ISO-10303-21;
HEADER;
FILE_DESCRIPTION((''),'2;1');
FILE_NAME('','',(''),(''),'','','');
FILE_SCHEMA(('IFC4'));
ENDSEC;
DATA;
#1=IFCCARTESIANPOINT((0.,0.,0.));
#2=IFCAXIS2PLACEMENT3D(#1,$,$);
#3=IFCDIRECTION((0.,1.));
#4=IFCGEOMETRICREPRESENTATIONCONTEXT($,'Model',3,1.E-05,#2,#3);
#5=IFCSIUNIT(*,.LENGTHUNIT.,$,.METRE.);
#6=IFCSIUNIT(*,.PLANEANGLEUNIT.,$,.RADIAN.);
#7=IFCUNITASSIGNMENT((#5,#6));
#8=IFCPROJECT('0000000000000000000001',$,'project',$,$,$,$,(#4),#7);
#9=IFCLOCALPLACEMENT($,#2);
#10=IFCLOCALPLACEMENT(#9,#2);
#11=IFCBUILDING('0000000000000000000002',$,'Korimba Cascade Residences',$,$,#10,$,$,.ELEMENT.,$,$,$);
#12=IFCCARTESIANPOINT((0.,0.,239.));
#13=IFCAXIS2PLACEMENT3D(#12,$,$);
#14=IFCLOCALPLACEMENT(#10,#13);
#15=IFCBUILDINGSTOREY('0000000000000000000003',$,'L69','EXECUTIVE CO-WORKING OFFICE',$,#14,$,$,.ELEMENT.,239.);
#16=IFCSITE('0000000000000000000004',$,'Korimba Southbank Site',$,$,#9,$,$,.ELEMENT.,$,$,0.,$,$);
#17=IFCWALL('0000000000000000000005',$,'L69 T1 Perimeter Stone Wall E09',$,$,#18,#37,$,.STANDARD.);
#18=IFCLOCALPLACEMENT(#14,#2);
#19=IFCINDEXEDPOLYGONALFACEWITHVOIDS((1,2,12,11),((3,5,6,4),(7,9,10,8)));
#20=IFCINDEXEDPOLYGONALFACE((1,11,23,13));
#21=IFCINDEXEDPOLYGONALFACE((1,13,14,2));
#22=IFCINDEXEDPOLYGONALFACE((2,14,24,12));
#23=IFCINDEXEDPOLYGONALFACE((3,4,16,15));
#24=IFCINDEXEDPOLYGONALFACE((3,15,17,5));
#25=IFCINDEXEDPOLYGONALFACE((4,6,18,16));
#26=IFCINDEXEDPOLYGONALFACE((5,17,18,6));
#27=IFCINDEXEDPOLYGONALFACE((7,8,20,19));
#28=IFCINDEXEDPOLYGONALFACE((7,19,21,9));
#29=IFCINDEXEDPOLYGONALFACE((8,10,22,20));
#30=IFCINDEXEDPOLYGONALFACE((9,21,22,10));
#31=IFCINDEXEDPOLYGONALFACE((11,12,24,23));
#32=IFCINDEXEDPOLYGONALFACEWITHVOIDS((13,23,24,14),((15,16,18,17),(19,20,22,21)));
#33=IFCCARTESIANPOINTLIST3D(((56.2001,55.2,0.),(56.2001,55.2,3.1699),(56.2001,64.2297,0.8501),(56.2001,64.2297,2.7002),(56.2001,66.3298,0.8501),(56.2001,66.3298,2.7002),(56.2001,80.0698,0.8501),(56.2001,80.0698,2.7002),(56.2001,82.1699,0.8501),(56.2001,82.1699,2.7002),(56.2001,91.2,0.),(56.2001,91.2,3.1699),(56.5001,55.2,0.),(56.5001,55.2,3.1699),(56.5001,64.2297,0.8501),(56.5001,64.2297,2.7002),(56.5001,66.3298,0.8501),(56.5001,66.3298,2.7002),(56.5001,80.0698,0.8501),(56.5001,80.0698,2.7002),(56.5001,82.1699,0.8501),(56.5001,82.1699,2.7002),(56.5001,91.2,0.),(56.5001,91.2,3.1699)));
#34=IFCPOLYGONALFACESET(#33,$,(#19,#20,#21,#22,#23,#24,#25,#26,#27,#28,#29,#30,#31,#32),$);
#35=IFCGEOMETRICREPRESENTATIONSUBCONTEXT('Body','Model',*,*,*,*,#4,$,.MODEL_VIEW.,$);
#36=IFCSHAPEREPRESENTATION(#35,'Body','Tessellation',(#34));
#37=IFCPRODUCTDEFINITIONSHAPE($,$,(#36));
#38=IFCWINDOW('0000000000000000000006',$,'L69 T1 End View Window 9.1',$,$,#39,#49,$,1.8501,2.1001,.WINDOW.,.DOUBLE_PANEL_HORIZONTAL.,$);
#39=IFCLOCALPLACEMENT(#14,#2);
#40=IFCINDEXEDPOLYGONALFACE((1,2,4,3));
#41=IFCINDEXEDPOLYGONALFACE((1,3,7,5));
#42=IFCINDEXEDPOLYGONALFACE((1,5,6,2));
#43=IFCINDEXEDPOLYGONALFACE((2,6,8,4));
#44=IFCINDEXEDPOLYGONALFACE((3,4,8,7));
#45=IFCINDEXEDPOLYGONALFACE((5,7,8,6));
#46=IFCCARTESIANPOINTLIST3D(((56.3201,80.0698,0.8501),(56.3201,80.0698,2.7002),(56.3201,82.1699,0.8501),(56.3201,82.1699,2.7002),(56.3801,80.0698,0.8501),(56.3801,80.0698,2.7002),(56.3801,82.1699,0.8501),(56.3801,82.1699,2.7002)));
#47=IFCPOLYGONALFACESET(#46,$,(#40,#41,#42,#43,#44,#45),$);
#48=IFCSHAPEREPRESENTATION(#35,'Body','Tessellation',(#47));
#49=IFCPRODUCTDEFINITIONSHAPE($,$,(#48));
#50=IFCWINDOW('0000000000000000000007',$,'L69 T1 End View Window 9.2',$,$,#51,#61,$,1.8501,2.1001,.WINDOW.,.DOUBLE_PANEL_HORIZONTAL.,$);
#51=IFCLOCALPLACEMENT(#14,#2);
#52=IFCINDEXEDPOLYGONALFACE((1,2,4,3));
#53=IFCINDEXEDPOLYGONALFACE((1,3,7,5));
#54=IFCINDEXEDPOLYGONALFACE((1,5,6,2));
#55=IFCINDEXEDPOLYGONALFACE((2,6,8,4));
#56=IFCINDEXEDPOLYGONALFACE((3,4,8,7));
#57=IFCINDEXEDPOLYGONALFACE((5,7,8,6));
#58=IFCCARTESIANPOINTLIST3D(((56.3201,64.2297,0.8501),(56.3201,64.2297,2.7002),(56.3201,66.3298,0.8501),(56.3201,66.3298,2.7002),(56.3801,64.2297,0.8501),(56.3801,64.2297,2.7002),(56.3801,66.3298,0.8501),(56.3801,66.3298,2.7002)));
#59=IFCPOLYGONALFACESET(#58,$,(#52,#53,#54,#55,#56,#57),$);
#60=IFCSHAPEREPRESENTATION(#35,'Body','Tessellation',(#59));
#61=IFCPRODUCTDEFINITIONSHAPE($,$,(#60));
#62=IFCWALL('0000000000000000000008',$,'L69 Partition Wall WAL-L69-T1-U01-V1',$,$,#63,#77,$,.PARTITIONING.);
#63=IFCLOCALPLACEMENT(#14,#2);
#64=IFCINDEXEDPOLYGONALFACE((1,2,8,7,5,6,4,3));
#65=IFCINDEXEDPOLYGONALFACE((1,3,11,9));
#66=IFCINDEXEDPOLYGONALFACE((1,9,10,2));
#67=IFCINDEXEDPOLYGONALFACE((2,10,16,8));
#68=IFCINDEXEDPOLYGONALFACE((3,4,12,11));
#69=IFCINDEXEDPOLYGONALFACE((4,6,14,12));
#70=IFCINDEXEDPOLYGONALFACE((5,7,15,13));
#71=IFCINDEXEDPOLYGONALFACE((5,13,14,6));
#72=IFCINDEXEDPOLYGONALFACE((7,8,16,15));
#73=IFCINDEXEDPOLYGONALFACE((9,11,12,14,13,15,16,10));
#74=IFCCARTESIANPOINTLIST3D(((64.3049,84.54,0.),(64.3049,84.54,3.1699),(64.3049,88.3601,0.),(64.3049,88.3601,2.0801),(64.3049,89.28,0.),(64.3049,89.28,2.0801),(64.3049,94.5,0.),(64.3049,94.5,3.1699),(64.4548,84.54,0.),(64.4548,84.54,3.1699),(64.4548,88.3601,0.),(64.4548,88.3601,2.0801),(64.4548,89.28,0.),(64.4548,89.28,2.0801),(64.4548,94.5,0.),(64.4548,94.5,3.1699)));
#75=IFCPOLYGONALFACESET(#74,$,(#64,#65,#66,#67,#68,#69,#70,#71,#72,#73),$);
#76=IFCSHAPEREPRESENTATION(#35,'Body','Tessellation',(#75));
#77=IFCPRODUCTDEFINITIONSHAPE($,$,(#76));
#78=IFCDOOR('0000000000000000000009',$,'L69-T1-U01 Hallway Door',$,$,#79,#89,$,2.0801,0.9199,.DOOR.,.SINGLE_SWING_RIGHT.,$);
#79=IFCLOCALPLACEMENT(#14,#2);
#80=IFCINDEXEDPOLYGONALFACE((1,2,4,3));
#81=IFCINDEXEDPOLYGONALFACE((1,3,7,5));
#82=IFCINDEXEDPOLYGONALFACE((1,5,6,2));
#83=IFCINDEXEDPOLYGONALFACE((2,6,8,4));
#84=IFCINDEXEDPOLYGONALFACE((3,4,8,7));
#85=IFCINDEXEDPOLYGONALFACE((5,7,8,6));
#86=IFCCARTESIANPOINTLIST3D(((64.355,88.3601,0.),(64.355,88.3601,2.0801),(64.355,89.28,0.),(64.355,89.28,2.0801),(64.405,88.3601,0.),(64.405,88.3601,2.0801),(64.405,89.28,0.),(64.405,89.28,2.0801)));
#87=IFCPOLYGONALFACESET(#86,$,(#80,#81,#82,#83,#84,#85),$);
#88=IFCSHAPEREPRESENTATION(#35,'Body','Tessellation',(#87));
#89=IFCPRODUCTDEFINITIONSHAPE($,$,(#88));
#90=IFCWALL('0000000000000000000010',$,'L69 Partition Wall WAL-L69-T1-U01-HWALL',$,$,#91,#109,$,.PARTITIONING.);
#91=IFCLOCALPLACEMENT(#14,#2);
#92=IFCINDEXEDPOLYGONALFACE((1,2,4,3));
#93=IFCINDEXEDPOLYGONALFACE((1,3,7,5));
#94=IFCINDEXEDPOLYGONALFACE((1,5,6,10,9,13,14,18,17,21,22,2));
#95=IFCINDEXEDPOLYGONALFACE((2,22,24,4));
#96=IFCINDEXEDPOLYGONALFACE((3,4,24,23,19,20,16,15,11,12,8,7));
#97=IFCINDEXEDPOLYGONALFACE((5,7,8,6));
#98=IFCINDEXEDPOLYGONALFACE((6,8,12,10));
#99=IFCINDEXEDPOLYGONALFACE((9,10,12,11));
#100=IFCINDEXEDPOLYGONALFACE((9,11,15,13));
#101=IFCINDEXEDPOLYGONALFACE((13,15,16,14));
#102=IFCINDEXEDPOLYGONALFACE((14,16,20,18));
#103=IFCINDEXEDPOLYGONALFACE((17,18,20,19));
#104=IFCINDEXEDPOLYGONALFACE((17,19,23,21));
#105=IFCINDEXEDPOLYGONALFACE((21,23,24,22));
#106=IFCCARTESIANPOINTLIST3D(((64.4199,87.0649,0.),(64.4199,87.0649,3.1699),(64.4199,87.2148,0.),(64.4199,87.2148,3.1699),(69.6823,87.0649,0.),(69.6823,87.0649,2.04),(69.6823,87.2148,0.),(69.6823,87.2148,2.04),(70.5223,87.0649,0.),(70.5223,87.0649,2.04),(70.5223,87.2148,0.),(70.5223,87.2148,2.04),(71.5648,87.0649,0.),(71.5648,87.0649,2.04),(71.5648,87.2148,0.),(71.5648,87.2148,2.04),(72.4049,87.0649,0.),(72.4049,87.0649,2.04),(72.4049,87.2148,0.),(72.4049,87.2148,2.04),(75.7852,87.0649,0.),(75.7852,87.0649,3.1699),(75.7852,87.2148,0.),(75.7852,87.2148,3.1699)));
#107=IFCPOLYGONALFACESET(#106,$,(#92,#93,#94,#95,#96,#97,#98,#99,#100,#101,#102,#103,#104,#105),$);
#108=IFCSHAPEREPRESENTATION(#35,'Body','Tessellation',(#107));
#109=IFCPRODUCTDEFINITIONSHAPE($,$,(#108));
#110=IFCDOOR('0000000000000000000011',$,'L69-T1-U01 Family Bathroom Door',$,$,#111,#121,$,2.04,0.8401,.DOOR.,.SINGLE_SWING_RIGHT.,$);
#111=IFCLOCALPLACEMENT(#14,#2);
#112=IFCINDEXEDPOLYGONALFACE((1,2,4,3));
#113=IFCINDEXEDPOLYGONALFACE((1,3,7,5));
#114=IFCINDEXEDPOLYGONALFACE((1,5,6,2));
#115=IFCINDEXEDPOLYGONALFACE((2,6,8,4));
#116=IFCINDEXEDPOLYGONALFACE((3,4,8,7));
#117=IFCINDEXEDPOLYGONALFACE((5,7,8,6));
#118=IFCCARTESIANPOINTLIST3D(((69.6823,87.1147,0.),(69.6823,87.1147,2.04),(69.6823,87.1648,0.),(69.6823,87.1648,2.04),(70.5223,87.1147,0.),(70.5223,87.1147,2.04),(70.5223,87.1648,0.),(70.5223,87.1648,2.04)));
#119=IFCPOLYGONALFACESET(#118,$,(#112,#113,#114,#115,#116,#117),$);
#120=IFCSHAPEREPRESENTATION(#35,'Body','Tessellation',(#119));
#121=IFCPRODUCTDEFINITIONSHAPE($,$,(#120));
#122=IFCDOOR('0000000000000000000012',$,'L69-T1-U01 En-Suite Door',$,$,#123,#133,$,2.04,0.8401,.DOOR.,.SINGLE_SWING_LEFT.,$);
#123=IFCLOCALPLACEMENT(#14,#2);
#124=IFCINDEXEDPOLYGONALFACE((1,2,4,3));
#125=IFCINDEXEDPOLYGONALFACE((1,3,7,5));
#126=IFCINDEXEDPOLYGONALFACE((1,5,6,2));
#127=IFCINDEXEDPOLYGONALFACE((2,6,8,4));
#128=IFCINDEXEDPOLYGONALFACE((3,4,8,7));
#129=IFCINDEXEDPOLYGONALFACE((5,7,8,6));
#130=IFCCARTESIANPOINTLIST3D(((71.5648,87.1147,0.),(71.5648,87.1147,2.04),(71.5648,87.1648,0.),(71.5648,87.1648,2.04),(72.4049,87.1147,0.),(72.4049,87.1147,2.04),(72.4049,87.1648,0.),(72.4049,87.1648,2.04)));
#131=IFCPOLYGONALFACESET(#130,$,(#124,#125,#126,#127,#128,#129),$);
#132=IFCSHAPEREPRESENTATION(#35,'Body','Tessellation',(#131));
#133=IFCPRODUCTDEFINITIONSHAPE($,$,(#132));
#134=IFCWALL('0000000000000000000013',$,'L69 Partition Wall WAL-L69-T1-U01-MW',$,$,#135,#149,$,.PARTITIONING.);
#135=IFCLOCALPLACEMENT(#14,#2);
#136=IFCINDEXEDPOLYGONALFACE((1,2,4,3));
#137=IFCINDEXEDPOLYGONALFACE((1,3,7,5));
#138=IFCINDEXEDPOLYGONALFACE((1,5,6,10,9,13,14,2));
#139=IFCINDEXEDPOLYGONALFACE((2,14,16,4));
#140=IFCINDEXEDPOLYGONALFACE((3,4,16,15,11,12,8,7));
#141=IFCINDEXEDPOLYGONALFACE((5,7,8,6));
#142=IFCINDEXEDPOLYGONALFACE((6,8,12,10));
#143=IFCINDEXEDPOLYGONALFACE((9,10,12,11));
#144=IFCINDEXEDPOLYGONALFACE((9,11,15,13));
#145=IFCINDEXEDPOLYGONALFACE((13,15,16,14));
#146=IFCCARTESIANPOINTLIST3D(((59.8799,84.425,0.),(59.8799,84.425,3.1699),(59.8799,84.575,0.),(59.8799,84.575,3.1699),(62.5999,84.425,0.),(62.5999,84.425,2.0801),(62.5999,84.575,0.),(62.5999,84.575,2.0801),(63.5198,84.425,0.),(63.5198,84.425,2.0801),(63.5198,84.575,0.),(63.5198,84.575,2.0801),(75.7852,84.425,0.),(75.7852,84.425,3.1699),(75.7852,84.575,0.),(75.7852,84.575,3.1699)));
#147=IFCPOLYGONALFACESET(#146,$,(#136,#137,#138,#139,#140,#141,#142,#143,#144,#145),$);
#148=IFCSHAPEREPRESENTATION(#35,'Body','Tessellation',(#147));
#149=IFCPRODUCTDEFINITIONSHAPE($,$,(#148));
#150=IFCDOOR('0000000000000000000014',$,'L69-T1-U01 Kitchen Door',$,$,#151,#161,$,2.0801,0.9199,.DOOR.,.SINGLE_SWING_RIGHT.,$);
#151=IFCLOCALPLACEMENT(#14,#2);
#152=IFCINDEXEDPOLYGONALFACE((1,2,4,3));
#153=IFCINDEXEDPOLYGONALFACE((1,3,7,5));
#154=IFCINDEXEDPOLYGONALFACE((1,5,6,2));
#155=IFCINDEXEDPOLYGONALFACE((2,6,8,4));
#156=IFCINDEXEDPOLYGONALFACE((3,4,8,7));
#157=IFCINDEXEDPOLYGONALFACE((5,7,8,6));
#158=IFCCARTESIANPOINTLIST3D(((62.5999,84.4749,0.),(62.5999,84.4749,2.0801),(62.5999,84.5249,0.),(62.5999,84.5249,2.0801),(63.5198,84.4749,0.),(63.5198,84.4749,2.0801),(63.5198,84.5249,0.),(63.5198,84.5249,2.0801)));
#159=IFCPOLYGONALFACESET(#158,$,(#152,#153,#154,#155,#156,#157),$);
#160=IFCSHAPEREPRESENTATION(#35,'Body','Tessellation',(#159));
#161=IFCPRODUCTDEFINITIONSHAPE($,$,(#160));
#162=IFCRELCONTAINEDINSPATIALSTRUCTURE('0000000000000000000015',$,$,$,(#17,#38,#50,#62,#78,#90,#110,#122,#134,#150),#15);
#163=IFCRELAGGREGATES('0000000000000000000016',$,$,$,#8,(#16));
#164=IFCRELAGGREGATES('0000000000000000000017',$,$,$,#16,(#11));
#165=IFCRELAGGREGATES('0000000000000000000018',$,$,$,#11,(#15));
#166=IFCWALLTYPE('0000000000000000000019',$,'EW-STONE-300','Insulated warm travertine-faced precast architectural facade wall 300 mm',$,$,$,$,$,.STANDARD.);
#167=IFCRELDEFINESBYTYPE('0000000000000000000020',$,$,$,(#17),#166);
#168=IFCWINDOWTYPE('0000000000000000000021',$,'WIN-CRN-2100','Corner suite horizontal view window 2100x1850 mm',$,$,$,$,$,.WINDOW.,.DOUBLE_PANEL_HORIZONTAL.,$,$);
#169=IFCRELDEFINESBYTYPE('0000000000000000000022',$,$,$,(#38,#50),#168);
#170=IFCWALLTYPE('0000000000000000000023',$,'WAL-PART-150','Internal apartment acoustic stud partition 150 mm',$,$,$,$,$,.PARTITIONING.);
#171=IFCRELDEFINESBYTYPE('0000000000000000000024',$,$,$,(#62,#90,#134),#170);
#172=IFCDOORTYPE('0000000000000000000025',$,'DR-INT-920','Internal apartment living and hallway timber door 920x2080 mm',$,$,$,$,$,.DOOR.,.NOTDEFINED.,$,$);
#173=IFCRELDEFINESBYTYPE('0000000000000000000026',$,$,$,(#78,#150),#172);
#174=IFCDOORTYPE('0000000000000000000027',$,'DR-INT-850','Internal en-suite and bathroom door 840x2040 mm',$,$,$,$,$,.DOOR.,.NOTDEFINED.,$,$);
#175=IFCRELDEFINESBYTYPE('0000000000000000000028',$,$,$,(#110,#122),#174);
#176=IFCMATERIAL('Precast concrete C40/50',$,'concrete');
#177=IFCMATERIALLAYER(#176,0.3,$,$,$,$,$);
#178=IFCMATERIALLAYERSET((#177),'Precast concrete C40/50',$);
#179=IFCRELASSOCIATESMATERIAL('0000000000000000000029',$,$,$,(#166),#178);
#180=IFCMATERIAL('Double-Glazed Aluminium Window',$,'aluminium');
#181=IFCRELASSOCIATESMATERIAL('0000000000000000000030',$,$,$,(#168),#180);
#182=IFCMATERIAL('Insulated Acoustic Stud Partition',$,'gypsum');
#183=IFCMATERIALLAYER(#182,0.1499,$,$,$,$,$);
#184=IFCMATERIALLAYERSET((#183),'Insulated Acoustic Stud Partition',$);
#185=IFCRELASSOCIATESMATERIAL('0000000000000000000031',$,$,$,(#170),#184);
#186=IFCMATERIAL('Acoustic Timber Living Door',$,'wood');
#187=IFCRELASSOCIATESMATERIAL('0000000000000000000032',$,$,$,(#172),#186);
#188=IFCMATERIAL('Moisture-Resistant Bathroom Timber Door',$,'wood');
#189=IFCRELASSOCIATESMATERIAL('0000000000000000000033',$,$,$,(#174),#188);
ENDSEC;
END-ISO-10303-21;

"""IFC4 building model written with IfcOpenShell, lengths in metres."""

from ifc_helpers import new_model, si_unit, direction, frame, frame_2d, origin, place, context, subcontext, project, spatial, rectangle, extrude, material, layer, layer_set, type_object, element, fill, save


model = new_model("IFC4")

# Units and contexts
model_context = context("Model", 3, precision=1e-05, world=origin(), true_north=direction((0.0, 1.0)))
body_context = subcontext(model_context, "Body", "Model", "MODEL_VIEW")
ifc_project = project(units=[si_unit("LENGTHUNIT", "METRE"), si_unit("PLANEANGLEUNIT", "RADIAN")], contexts=[model_context])

# Site, building, storey
site_placement = place(None, origin())
site = spatial("IfcSite", under=ifc_project, at=site_placement, Name="Korimba Southbank Site", CompositionType="ELEMENT", RefElevation=0.0)
building_placement = place(site_placement, origin())
building = spatial("IfcBuilding", under=site, at=building_placement, Name="Korimba Cascade Residences", CompositionType="ELEMENT")
storey_placement = place(building_placement, frame((0.0, 0.0, 239.0)))
storey = spatial("IfcBuildingStorey", under=building, at=storey_placement, Name="L69", Description="EXECUTIVE CO-WORKING OFFICE", CompositionType="ELEMENT", Elevation=239.0)

# Shared definitions
ifc_material_1 = material(Name="Precast concrete C40/50", Category="concrete")
ifc_layer_1 = layer(ifc_material_1, 0.3)
ifc_layer_set_1 = layer_set([ifc_layer_1], Name="Precast concrete C40/50")
wall_type_1 = type_object("IfcWallType", Name="EW-STONE-300", Description="Insulated warm travertine-faced precast architectural facade wall 300 mm", PredefinedType="STANDARD", material=ifc_layer_set_1)

# Wall, openings, windows
wall_1_placement = place(storey_placement, frame((56.3501, 91.2, 0.0), z_axis=(0.0, 0.0, 1.0), x_axis=(0.0, -1.0, 0.0)))
wall_1 = element("IfcWall", 1, at=wall_1_placement, inside=storey, type_object=wall_type_1, Name="L69 T1 Perimeter Stone Wall E09", PredefinedType="STANDARD", context=body_context, shape_type="SweptSolid", body=[
    extrude(rectangle(XDim=36.0, YDim=0.3, at=frame_2d((18.0, 0.0))), origin(), (0.0, 0.0, 1.0), 3.1699),
])
opening_1_placement = place(wall_1_placement, frame((9.03, 0.0, 0.8501)))
opening_1 = element("IfcOpeningElement", 2, at=opening_1_placement, cuts=wall_1, PredefinedType="OPENING", context=body_context, shape_type="SweptSolid", body=[
    extrude(rectangle(XDim=2.1001, YDim=1.8501, at=frame_2d((1.05, 0.925))), frame((0.0, 0.1602, 0.0), z_axis=(0.0, -1.0, 0.0), x_axis=(1.0, 0.0, 0.0)), (0.0, 0.0, 1.0), 0.3201),
])
opening_2_placement = place(wall_1_placement, frame((24.8701, 0.0, 0.8501)))
opening_2 = element("IfcOpeningElement", 3, at=opening_2_placement, cuts=wall_1, PredefinedType="OPENING", context=body_context, shape_type="SweptSolid", body=[
    extrude(rectangle(XDim=2.1001, YDim=1.8501, at=frame_2d((1.05, 0.925))), frame((0.0, 0.1602, 0.0), z_axis=(0.0, -1.0, 0.0), x_axis=(1.0, 0.0, 0.0)), (0.0, 0.0, 1.0), 0.3201),
])
ifc_material_2 = material(Name="Double-Glazed Aluminium Window", Category="aluminium")
window_type = type_object("IfcWindowType", Name="WIN-CRN-2100", Description="Corner suite horizontal view window 2100x1850 mm", PartitioningType="DOUBLE_PANEL_HORIZONTAL", PredefinedType="WINDOW", material=ifc_material_2)
window_1_placement = place(opening_1_placement, origin())
window_1 = element("IfcWindow", 4, at=window_1_placement, inside=storey, type_object=window_type, Name="L69 T1 End View Window 9.1", OverallHeight=1.8501, OverallWidth=2.1001, PartitioningType="DOUBLE_PANEL_HORIZONTAL", PredefinedType="WINDOW", context=body_context, shape_type="SweptSolid", body=[
    extrude(rectangle(XDim=2.1001, YDim=1.8501, at=frame_2d((1.05, 0.925))), frame((0.0, 0.03, 0.0), z_axis=(0.0, -1.0, 0.0), x_axis=(1.0, 0.0, 0.0)), (0.0, 0.0, 1.0), 0.0601),
])
fill(opening_1, window_1)
window_2_placement = place(opening_2_placement, origin())
window_2 = element("IfcWindow", 5, at=window_2_placement, inside=storey, type_object=window_type, Name="L69 T1 End View Window 9.2", OverallHeight=1.8501, OverallWidth=2.1001, PartitioningType="DOUBLE_PANEL_HORIZONTAL", PredefinedType="WINDOW", context=body_context, shape_type="SweptSolid", body=[
    extrude(rectangle(XDim=2.1001, YDim=1.8501, at=frame_2d((1.05, 0.925))), frame((0.0, 0.03, 0.0), z_axis=(0.0, -1.0, 0.0), x_axis=(1.0, 0.0, 0.0)), (0.0, 0.0, 1.0), 0.0601),
])
fill(opening_2, window_2)

# Wall, opening, door
ifc_material_3 = material(Name="Insulated Acoustic Stud Partition", Category="gypsum")
ifc_layer_2 = layer(ifc_material_3, 0.1499)
ifc_layer_set_2 = layer_set([ifc_layer_2], Name="Insulated Acoustic Stud Partition")
wall_type_2 = type_object("IfcWallType", Name="WAL-PART-150", Description="Internal apartment acoustic stud partition 150 mm", PredefinedType="PARTITIONING", material=ifc_layer_set_2)
wall_2_placement = place(storey_placement, frame((64.3799, 84.54, 0.0), z_axis=(0.0, 0.0, 1.0), x_axis=(0.0, 1.0, 0.0)))
wall_2 = element("IfcWall", 6, at=wall_2_placement, inside=storey, type_object=wall_type_2, Name="L69 Partition Wall WAL-L69-T1-U01-V1", PredefinedType="PARTITIONING", context=body_context, shape_type="SweptSolid", body=[
    extrude(rectangle(XDim=9.96, YDim=0.1499, at=frame_2d((4.98, 0.0))), origin(), (0.0, 0.0, 1.0), 3.1699),
])
opening_3_placement = place(wall_2_placement, frame((3.8201, 0.0, 0.0)))
opening_3 = element("IfcOpeningElement", 7, at=opening_3_placement, cuts=wall_2, PredefinedType="OPENING", context=body_context, shape_type="SweptSolid", body=[
    extrude(rectangle(XDim=0.9199, YDim=2.0801, at=frame_2d((0.46, 1.04))), frame((0.0, 0.085, 0.0), z_axis=(0.0, -1.0, 0.0), x_axis=(1.0, 0.0, 0.0)), (0.0, 0.0, 1.0), 0.1699),
])
ifc_material_4 = material(Name="Acoustic Timber Living Door", Category="wood")
door_type_1 = type_object("IfcDoorType", Name="DR-INT-920", Description="Internal apartment living and hallway timber door 920x2080 mm", OperationType="NOTDEFINED", PredefinedType="DOOR", material=ifc_material_4)
door_1_placement = place(opening_3_placement, origin())
door_1 = element("IfcDoor", 8, at=door_1_placement, inside=storey, type_object=door_type_1, Name="L69-T1-U01 Hallway Door", OperationType="SINGLE_SWING_RIGHT", OverallHeight=2.0801, OverallWidth=0.9199, PredefinedType="DOOR", context=body_context, shape_type="SweptSolid", body=[
    extrude(rectangle(XDim=0.9199, YDim=2.0801, at=frame_2d((0.46, 1.04))), frame((0.0, 0.0249, 0.0), z_axis=(0.0, -1.0, 0.0), x_axis=(1.0, 0.0, 0.0)), (0.0, 0.0, 1.0), 0.05),
])
fill(opening_3, door_1)

# Wall, openings, doors
wall_3_placement = place(storey_placement, frame((64.4199, 87.1399, 0.0), z_axis=(0.0, 0.0, 1.0), x_axis=(1.0, 0.0, 0.0)))
wall_3 = element("IfcWall", 9, at=wall_3_placement, inside=storey, type_object=wall_type_2, Name="L69 Partition Wall WAL-L69-T1-U01-HWALL", PredefinedType="PARTITIONING", context=body_context, shape_type="SweptSolid", body=[
    extrude(rectangle(XDim=11.3652, YDim=0.1499, at=frame_2d((5.6826, 0.0))), origin(), (0.0, 0.0, 1.0), 3.1699),
])
opening_4_placement = place(wall_3_placement, frame((5.2625, 0.0, 0.0)))
opening_4 = element("IfcOpeningElement", 10, at=opening_4_placement, cuts=wall_3, PredefinedType="OPENING", context=body_context, shape_type="SweptSolid", body=[
    extrude(rectangle(XDim=0.8401, YDim=2.04, at=frame_2d((0.4199, 1.02))), frame((0.0, 0.085, 0.0), z_axis=(0.0, -1.0, 0.0), x_axis=(1.0, 0.0, 0.0)), (0.0, 0.0, 1.0), 0.1699),
])
opening_5_placement = place(wall_3_placement, frame((7.145, 0.0, 0.0)))
opening_5 = element("IfcOpeningElement", 11, at=opening_5_placement, cuts=wall_3, PredefinedType="OPENING", context=body_context, shape_type="SweptSolid", body=[
    extrude(rectangle(XDim=0.8401, YDim=2.04, at=frame_2d((0.4199, 1.02))), frame((0.0, 0.085, 0.0), z_axis=(0.0, -1.0, 0.0), x_axis=(1.0, 0.0, 0.0)), (0.0, 0.0, 1.0), 0.1699),
])
ifc_material_5 = material(Name="Moisture-Resistant Bathroom Timber Door", Category="wood")
door_type_2 = type_object("IfcDoorType", Name="DR-INT-850", Description="Internal en-suite and bathroom door 840x2040 mm", OperationType="NOTDEFINED", PredefinedType="DOOR", material=ifc_material_5)
door_2_placement = place(opening_4_placement, origin())
door_2 = element("IfcDoor", 12, at=door_2_placement, inside=storey, type_object=door_type_2, Name="L69-T1-U01 Family Bathroom Door", OperationType="SINGLE_SWING_RIGHT", OverallHeight=2.04, OverallWidth=0.8401, PredefinedType="DOOR", context=body_context, shape_type="SweptSolid", body=[
    extrude(rectangle(XDim=0.8401, YDim=2.04, at=frame_2d((0.4199, 1.02))), frame((0.0, 0.0249, 0.0), z_axis=(0.0, -1.0, 0.0), x_axis=(1.0, 0.0, 0.0)), (0.0, 0.0, 1.0), 0.05),
])
fill(opening_4, door_2)
door_3_placement = place(opening_5_placement, origin())
door_3 = element("IfcDoor", 13, at=door_3_placement, inside=storey, type_object=door_type_2, Name="L69-T1-U01 En-Suite Door", OperationType="SINGLE_SWING_LEFT", OverallHeight=2.04, OverallWidth=0.8401, PredefinedType="DOOR", context=body_context, shape_type="SweptSolid", body=[
    extrude(rectangle(XDim=0.8401, YDim=2.04, at=frame_2d((0.4199, 1.02))), frame((0.0, 0.0249, 0.0), z_axis=(0.0, -1.0, 0.0), x_axis=(1.0, 0.0, 0.0)), (0.0, 0.0, 1.0), 0.05),
])
fill(opening_5, door_3)

# Wall, opening, door
wall_4_placement = place(storey_placement, frame((59.8799, 84.5, 0.0), z_axis=(0.0, 0.0, 1.0), x_axis=(1.0, 0.0, 0.0)))
wall_4 = element("IfcWall", 14, at=wall_4_placement, inside=storey, type_object=wall_type_2, Name="L69 Partition Wall WAL-L69-T1-U01-MW", PredefinedType="PARTITIONING", context=body_context, shape_type="SweptSolid", body=[
    extrude(rectangle(XDim=15.9053, YDim=0.1499, at=frame_2d((7.9526, 0.0))), origin(), (0.0, 0.0, 1.0), 3.1699),
])
opening_6_placement = place(wall_4_placement, frame((2.72, 0.0, 0.0)))
opening_6 = element("IfcOpeningElement", 15, at=opening_6_placement, cuts=wall_4, PredefinedType="OPENING", context=body_context, shape_type="SweptSolid", body=[
    extrude(rectangle(XDim=0.9199, YDim=2.0801, at=frame_2d((0.46, 1.04))), frame((0.0, 0.085, 0.0), z_axis=(0.0, -1.0, 0.0), x_axis=(1.0, 0.0, 0.0)), (0.0, 0.0, 1.0), 0.1699),
])
door_4_placement = place(opening_6_placement, origin())
door_4 = element("IfcDoor", 16, at=door_4_placement, inside=storey, type_object=door_type_1, Name="L69-T1-U01 Kitchen Door", OperationType="SINGLE_SWING_RIGHT", OverallHeight=2.0801, OverallWidth=0.9199, PredefinedType="DOOR", context=body_context, shape_type="SweptSolid", body=[
    extrude(rectangle(XDim=0.9199, YDim=2.0801, at=frame_2d((0.46, 1.04))), frame((0.0, 0.0249, 0.0), z_axis=(0.0, -1.0, 0.0), x_axis=(1.0, 0.0, 0.0)), (0.0, 0.0, 1.0), 0.05),
])
fill(opening_6, door_4)

save(model, "model.ifc")
